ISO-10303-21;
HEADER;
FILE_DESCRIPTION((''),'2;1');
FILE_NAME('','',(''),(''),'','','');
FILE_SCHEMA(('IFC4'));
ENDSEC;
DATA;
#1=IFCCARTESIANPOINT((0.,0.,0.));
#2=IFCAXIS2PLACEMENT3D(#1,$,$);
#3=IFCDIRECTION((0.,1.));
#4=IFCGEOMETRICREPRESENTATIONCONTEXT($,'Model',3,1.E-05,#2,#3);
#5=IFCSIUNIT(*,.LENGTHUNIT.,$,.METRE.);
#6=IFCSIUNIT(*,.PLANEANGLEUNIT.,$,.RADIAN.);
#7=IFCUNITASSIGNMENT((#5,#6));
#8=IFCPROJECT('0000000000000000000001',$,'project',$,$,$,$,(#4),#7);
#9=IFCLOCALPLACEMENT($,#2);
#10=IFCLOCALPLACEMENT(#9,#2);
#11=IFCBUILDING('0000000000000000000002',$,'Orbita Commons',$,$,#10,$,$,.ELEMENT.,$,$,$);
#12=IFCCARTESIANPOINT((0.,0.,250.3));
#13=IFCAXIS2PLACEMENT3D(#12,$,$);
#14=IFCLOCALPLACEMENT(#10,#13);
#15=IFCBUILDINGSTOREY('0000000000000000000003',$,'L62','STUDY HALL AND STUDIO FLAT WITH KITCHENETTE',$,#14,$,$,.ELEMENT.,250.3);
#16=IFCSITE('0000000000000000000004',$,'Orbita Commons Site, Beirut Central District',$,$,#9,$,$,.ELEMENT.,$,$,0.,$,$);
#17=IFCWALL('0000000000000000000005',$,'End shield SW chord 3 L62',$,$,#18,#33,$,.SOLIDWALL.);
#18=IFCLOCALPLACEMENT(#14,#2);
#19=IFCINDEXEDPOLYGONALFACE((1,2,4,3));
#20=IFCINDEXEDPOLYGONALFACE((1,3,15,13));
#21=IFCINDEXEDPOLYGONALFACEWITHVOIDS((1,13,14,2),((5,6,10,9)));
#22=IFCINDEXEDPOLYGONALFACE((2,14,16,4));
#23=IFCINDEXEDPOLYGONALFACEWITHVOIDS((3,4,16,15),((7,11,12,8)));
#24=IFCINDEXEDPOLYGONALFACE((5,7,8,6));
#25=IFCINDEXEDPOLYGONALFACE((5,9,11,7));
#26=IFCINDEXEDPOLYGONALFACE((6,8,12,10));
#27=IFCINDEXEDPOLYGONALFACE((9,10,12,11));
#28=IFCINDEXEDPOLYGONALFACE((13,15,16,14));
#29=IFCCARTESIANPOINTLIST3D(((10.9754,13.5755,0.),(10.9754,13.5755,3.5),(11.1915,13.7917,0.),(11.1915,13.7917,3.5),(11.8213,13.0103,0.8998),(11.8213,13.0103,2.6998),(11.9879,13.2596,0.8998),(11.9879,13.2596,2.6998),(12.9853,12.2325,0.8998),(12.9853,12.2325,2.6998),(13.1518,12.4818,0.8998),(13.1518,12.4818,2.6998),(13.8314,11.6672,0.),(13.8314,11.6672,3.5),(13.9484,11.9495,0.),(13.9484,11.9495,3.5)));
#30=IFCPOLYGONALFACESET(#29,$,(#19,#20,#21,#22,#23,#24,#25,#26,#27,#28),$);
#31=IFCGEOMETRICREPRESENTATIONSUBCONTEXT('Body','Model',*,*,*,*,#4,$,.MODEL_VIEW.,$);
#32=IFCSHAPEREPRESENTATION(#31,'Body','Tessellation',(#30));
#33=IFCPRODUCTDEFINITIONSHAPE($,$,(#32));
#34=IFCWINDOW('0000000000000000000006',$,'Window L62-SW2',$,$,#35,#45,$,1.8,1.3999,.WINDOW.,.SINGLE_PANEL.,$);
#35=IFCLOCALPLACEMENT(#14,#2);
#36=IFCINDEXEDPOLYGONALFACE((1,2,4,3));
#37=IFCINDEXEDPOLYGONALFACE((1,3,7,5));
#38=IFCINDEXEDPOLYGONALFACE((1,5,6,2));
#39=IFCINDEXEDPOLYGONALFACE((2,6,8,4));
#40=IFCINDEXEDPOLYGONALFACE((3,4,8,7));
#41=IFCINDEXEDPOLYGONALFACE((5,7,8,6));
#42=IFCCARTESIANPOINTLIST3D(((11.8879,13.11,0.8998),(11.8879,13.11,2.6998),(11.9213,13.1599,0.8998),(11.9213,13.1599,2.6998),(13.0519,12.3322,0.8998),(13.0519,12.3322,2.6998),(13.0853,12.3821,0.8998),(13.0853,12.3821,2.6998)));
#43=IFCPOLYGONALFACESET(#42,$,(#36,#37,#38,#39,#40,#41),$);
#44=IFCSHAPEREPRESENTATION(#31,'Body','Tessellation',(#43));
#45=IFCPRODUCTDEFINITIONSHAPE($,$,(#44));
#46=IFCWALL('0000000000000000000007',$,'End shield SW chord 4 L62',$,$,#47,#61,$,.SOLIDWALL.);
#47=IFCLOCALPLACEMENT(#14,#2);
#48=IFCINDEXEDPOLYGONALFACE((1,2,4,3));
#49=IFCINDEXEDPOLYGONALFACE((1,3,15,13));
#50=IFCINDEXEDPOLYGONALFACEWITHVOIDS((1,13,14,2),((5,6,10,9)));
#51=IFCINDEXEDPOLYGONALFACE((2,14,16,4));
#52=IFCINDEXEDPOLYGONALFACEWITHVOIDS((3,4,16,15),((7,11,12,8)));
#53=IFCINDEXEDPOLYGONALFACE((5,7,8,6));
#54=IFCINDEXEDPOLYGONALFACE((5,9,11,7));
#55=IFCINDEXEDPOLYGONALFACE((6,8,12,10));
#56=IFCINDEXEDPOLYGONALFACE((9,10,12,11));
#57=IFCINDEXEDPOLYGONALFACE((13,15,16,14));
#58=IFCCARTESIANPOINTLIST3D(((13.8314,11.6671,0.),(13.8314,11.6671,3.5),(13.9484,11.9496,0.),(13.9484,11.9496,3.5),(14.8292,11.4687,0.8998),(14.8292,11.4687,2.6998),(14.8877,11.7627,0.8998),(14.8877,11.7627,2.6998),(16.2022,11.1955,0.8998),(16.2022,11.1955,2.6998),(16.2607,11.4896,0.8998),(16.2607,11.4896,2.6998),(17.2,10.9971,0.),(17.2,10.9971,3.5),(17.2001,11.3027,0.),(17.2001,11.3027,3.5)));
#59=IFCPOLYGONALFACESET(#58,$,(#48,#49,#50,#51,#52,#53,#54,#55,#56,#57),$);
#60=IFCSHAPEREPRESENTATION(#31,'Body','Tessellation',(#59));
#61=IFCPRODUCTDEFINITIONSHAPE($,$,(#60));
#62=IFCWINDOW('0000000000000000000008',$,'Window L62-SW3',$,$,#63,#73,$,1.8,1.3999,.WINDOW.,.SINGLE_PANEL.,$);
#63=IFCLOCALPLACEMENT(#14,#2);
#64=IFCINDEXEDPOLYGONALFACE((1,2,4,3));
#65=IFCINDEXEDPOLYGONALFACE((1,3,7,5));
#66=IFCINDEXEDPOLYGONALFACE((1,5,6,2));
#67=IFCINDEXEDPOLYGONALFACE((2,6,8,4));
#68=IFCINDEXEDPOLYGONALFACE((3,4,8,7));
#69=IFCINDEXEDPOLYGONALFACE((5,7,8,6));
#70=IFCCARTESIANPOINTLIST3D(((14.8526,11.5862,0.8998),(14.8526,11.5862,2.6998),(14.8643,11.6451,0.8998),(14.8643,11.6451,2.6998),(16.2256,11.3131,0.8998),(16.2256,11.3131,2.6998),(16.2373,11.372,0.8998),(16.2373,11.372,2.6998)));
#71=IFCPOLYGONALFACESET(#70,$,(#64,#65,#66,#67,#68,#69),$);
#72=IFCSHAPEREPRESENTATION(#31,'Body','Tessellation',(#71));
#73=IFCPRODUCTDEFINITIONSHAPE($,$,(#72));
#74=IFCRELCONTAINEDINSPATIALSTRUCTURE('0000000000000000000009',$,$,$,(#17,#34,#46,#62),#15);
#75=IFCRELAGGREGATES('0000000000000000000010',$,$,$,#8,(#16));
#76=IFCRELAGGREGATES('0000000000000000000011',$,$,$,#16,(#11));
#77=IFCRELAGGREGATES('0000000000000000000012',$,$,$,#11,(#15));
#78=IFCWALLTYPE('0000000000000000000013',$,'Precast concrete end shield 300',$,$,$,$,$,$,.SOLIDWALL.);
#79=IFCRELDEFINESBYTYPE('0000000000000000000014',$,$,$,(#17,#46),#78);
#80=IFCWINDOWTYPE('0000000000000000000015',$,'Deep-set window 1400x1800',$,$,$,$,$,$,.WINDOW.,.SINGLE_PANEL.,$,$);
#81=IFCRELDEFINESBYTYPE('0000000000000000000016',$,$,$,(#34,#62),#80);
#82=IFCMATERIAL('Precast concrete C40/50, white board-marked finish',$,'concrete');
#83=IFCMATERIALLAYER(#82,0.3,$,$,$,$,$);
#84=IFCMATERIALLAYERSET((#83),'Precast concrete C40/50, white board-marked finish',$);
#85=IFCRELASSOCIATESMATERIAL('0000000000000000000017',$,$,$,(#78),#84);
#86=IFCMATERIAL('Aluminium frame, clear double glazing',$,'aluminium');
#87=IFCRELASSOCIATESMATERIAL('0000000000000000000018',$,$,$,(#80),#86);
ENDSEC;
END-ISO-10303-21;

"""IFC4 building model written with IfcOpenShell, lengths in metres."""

from ifc_helpers import new_model, si_unit, direction, frame, frame_2d, origin, place, context, subcontext, project, spatial, polyline, rectangle, outline, extrude, material, layer, layer_set, type_object, element, fill, save


model = new_model("IFC4")

# Units and contexts
model_context = context("Model", 3, precision=1e-05, world=origin(), true_north=direction((0.0, 1.0)))
body_context = subcontext(model_context, "Body", "Model", "MODEL_VIEW")
ifc_project = project(units=[si_unit("LENGTHUNIT", "METRE"), si_unit("PLANEANGLEUNIT", "RADIAN")], contexts=[model_context])

# Site, building, storey
site_placement = place(None, origin())
site = spatial("IfcSite", under=ifc_project, at=site_placement, Name="Orbita Commons Site, Beirut Central District", CompositionType="ELEMENT", RefElevation=0.0)
building_placement = place(site_placement, origin())
building = spatial("IfcBuilding", under=site, at=building_placement, Name="Orbita Commons", CompositionType="ELEMENT")
storey_placement = place(building_placement, frame((0.0, 0.0, 250.3)))
storey = spatial("IfcBuildingStorey", under=building, at=storey_placement, Name="L62", Description="STUDY HALL AND STUDIO FLAT WITH KITCHENETTE", CompositionType="ELEMENT", Elevation=250.3)

# Walls, openings, windows
ifc_material_1 = material(Name="Precast concrete C40/50, white board-marked finish", Category="concrete")
ifc_layer_1 = layer(ifc_material_1, 0.3)
ifc_layer_set_1 = layer_set([ifc_layer_1], Name="Precast concrete C40/50, white board-marked finish")
wall_type_1 = type_object("IfcWallType", Name="Precast concrete end shield 300", PredefinedType="SOLIDWALL", material=ifc_layer_set_1)
ifc_material_2 = material(Name="Aluminium frame, clear double glazing", Category="aluminium")
window_type = type_object("IfcWindowType", Name="Deep-set window 1400x1800", PartitioningType="SINGLE_PANEL", PredefinedType="WINDOW", material=ifc_material_2)
wall_1_placement = place(storey_placement, frame((11.0835, 13.6836, 0.0), z_axis=(0.0, 0.0, 1.0), x_axis=(0.83146, -0.555585, 0.0)))
wall_1 = element("IfcWall", 1, at=wall_1_placement, inside=storey, type_object=wall_type_1, Name="End shield SW chord 3 L62", PredefinedType="SOLIDWALL", context=body_context, shape_type="SweptSolid", body=[
    extrude(outline(polyline([(-0.0298, -0.1499), (3.405, -0.1499), (3.3455, 0.1499), (0.0298, 0.1499), (-0.0298, -0.1499)])), origin(), (0.0, 0.0, 1.0), 3.5),
])
opening_1_placement = place(wall_1_placement, frame((0.9875, 0.0, 0.8999)))
opening_1 = element("IfcOpeningElement", 2, at=opening_1_placement, cuts=wall_1, PredefinedType="OPENING", context=body_context, shape_type="SweptSolid", body=[
    extrude(rectangle(XDim=1.3999, YDim=1.8, at=frame_2d((0.7, 0.8999))), frame((0.0, 0.1599, 0.0), z_axis=(0.0, -1.0, 0.0), x_axis=(1.0, 0.0, 0.0)), (0.0, 0.0, 1.0), 0.3201),
])
window_1_placement = place(opening_1_placement, origin())
window_1 = element("IfcWindow", 3, at=window_1_placement, inside=storey, type_object=window_type, Name="Window L62-SW2", OverallHeight=1.8, OverallWidth=1.3999, PartitioningType="SINGLE_PANEL", PredefinedType="WINDOW", context=body_context, shape_type="SweptSolid", body=[
    extrude(rectangle(XDim=1.3999, YDim=1.8, at=frame_2d((0.7, 0.8999))), frame((0.0, 0.03, 0.0), z_axis=(0.0, -1.0, 0.0), x_axis=(1.0, 0.0, 0.0)), (0.0, 0.0, 1.0), 0.0601),
])
fill(opening_1, window_1)
wall_2_placement = place(storey_placement, frame((13.8899, 11.8083, 0.0), z_axis=(0.0, 0.0, 1.0), x_axis=(0.980783, -0.1951, 0.0)))
wall_2 = element("IfcWall", 4, at=wall_2_placement, inside=storey, type_object=wall_type_1, Name="End shield SW chord 4 L62", PredefinedType="SOLIDWALL", context=body_context, shape_type="SweptSolid", body=[
    extrude(outline(polyline([(-0.0298, -0.1499), (3.4048, -0.1499), (3.3452, 0.1499), (0.0298, 0.1499), (-0.0298, -0.1499)])), origin(), (0.0, 0.0, 1.0), 3.5),
])
opening_2_placement = place(wall_2_placement, frame((0.9875, 0.0, 0.8999)))
opening_2 = element("IfcOpeningElement", 5, at=opening_2_placement, cuts=wall_2, PredefinedType="OPENING", context=body_context, shape_type="SweptSolid", body=[
    extrude(rectangle(XDim=1.3999, YDim=1.8, at=frame_2d((0.7, 0.8999))), frame((0.0, 0.1599, 0.0), z_axis=(0.0, -1.0, 0.0), x_axis=(1.0, 0.0, 0.0)), (0.0, 0.0, 1.0), 0.3201),
])
window_2_placement = place(opening_2_placement, origin())
window_2 = element("IfcWindow", 6, at=window_2_placement, inside=storey, type_object=window_type, Name="Window L62-SW3", OverallHeight=1.8, OverallWidth=1.3999, PartitioningType="SINGLE_PANEL", PredefinedType="WINDOW", context=body_context, shape_type="SweptSolid", body=[
    extrude(rectangle(XDim=1.3999, YDim=1.8, at=frame_2d((0.7, 0.8999))), frame((0.0, 0.03, 0.0), z_axis=(0.0, -1.0, 0.0), x_axis=(1.0, 0.0, 0.0)), (0.0, 0.0, 1.0), 0.0601),
])
fill(opening_2, window_2)

save(model, "model.ifc")
